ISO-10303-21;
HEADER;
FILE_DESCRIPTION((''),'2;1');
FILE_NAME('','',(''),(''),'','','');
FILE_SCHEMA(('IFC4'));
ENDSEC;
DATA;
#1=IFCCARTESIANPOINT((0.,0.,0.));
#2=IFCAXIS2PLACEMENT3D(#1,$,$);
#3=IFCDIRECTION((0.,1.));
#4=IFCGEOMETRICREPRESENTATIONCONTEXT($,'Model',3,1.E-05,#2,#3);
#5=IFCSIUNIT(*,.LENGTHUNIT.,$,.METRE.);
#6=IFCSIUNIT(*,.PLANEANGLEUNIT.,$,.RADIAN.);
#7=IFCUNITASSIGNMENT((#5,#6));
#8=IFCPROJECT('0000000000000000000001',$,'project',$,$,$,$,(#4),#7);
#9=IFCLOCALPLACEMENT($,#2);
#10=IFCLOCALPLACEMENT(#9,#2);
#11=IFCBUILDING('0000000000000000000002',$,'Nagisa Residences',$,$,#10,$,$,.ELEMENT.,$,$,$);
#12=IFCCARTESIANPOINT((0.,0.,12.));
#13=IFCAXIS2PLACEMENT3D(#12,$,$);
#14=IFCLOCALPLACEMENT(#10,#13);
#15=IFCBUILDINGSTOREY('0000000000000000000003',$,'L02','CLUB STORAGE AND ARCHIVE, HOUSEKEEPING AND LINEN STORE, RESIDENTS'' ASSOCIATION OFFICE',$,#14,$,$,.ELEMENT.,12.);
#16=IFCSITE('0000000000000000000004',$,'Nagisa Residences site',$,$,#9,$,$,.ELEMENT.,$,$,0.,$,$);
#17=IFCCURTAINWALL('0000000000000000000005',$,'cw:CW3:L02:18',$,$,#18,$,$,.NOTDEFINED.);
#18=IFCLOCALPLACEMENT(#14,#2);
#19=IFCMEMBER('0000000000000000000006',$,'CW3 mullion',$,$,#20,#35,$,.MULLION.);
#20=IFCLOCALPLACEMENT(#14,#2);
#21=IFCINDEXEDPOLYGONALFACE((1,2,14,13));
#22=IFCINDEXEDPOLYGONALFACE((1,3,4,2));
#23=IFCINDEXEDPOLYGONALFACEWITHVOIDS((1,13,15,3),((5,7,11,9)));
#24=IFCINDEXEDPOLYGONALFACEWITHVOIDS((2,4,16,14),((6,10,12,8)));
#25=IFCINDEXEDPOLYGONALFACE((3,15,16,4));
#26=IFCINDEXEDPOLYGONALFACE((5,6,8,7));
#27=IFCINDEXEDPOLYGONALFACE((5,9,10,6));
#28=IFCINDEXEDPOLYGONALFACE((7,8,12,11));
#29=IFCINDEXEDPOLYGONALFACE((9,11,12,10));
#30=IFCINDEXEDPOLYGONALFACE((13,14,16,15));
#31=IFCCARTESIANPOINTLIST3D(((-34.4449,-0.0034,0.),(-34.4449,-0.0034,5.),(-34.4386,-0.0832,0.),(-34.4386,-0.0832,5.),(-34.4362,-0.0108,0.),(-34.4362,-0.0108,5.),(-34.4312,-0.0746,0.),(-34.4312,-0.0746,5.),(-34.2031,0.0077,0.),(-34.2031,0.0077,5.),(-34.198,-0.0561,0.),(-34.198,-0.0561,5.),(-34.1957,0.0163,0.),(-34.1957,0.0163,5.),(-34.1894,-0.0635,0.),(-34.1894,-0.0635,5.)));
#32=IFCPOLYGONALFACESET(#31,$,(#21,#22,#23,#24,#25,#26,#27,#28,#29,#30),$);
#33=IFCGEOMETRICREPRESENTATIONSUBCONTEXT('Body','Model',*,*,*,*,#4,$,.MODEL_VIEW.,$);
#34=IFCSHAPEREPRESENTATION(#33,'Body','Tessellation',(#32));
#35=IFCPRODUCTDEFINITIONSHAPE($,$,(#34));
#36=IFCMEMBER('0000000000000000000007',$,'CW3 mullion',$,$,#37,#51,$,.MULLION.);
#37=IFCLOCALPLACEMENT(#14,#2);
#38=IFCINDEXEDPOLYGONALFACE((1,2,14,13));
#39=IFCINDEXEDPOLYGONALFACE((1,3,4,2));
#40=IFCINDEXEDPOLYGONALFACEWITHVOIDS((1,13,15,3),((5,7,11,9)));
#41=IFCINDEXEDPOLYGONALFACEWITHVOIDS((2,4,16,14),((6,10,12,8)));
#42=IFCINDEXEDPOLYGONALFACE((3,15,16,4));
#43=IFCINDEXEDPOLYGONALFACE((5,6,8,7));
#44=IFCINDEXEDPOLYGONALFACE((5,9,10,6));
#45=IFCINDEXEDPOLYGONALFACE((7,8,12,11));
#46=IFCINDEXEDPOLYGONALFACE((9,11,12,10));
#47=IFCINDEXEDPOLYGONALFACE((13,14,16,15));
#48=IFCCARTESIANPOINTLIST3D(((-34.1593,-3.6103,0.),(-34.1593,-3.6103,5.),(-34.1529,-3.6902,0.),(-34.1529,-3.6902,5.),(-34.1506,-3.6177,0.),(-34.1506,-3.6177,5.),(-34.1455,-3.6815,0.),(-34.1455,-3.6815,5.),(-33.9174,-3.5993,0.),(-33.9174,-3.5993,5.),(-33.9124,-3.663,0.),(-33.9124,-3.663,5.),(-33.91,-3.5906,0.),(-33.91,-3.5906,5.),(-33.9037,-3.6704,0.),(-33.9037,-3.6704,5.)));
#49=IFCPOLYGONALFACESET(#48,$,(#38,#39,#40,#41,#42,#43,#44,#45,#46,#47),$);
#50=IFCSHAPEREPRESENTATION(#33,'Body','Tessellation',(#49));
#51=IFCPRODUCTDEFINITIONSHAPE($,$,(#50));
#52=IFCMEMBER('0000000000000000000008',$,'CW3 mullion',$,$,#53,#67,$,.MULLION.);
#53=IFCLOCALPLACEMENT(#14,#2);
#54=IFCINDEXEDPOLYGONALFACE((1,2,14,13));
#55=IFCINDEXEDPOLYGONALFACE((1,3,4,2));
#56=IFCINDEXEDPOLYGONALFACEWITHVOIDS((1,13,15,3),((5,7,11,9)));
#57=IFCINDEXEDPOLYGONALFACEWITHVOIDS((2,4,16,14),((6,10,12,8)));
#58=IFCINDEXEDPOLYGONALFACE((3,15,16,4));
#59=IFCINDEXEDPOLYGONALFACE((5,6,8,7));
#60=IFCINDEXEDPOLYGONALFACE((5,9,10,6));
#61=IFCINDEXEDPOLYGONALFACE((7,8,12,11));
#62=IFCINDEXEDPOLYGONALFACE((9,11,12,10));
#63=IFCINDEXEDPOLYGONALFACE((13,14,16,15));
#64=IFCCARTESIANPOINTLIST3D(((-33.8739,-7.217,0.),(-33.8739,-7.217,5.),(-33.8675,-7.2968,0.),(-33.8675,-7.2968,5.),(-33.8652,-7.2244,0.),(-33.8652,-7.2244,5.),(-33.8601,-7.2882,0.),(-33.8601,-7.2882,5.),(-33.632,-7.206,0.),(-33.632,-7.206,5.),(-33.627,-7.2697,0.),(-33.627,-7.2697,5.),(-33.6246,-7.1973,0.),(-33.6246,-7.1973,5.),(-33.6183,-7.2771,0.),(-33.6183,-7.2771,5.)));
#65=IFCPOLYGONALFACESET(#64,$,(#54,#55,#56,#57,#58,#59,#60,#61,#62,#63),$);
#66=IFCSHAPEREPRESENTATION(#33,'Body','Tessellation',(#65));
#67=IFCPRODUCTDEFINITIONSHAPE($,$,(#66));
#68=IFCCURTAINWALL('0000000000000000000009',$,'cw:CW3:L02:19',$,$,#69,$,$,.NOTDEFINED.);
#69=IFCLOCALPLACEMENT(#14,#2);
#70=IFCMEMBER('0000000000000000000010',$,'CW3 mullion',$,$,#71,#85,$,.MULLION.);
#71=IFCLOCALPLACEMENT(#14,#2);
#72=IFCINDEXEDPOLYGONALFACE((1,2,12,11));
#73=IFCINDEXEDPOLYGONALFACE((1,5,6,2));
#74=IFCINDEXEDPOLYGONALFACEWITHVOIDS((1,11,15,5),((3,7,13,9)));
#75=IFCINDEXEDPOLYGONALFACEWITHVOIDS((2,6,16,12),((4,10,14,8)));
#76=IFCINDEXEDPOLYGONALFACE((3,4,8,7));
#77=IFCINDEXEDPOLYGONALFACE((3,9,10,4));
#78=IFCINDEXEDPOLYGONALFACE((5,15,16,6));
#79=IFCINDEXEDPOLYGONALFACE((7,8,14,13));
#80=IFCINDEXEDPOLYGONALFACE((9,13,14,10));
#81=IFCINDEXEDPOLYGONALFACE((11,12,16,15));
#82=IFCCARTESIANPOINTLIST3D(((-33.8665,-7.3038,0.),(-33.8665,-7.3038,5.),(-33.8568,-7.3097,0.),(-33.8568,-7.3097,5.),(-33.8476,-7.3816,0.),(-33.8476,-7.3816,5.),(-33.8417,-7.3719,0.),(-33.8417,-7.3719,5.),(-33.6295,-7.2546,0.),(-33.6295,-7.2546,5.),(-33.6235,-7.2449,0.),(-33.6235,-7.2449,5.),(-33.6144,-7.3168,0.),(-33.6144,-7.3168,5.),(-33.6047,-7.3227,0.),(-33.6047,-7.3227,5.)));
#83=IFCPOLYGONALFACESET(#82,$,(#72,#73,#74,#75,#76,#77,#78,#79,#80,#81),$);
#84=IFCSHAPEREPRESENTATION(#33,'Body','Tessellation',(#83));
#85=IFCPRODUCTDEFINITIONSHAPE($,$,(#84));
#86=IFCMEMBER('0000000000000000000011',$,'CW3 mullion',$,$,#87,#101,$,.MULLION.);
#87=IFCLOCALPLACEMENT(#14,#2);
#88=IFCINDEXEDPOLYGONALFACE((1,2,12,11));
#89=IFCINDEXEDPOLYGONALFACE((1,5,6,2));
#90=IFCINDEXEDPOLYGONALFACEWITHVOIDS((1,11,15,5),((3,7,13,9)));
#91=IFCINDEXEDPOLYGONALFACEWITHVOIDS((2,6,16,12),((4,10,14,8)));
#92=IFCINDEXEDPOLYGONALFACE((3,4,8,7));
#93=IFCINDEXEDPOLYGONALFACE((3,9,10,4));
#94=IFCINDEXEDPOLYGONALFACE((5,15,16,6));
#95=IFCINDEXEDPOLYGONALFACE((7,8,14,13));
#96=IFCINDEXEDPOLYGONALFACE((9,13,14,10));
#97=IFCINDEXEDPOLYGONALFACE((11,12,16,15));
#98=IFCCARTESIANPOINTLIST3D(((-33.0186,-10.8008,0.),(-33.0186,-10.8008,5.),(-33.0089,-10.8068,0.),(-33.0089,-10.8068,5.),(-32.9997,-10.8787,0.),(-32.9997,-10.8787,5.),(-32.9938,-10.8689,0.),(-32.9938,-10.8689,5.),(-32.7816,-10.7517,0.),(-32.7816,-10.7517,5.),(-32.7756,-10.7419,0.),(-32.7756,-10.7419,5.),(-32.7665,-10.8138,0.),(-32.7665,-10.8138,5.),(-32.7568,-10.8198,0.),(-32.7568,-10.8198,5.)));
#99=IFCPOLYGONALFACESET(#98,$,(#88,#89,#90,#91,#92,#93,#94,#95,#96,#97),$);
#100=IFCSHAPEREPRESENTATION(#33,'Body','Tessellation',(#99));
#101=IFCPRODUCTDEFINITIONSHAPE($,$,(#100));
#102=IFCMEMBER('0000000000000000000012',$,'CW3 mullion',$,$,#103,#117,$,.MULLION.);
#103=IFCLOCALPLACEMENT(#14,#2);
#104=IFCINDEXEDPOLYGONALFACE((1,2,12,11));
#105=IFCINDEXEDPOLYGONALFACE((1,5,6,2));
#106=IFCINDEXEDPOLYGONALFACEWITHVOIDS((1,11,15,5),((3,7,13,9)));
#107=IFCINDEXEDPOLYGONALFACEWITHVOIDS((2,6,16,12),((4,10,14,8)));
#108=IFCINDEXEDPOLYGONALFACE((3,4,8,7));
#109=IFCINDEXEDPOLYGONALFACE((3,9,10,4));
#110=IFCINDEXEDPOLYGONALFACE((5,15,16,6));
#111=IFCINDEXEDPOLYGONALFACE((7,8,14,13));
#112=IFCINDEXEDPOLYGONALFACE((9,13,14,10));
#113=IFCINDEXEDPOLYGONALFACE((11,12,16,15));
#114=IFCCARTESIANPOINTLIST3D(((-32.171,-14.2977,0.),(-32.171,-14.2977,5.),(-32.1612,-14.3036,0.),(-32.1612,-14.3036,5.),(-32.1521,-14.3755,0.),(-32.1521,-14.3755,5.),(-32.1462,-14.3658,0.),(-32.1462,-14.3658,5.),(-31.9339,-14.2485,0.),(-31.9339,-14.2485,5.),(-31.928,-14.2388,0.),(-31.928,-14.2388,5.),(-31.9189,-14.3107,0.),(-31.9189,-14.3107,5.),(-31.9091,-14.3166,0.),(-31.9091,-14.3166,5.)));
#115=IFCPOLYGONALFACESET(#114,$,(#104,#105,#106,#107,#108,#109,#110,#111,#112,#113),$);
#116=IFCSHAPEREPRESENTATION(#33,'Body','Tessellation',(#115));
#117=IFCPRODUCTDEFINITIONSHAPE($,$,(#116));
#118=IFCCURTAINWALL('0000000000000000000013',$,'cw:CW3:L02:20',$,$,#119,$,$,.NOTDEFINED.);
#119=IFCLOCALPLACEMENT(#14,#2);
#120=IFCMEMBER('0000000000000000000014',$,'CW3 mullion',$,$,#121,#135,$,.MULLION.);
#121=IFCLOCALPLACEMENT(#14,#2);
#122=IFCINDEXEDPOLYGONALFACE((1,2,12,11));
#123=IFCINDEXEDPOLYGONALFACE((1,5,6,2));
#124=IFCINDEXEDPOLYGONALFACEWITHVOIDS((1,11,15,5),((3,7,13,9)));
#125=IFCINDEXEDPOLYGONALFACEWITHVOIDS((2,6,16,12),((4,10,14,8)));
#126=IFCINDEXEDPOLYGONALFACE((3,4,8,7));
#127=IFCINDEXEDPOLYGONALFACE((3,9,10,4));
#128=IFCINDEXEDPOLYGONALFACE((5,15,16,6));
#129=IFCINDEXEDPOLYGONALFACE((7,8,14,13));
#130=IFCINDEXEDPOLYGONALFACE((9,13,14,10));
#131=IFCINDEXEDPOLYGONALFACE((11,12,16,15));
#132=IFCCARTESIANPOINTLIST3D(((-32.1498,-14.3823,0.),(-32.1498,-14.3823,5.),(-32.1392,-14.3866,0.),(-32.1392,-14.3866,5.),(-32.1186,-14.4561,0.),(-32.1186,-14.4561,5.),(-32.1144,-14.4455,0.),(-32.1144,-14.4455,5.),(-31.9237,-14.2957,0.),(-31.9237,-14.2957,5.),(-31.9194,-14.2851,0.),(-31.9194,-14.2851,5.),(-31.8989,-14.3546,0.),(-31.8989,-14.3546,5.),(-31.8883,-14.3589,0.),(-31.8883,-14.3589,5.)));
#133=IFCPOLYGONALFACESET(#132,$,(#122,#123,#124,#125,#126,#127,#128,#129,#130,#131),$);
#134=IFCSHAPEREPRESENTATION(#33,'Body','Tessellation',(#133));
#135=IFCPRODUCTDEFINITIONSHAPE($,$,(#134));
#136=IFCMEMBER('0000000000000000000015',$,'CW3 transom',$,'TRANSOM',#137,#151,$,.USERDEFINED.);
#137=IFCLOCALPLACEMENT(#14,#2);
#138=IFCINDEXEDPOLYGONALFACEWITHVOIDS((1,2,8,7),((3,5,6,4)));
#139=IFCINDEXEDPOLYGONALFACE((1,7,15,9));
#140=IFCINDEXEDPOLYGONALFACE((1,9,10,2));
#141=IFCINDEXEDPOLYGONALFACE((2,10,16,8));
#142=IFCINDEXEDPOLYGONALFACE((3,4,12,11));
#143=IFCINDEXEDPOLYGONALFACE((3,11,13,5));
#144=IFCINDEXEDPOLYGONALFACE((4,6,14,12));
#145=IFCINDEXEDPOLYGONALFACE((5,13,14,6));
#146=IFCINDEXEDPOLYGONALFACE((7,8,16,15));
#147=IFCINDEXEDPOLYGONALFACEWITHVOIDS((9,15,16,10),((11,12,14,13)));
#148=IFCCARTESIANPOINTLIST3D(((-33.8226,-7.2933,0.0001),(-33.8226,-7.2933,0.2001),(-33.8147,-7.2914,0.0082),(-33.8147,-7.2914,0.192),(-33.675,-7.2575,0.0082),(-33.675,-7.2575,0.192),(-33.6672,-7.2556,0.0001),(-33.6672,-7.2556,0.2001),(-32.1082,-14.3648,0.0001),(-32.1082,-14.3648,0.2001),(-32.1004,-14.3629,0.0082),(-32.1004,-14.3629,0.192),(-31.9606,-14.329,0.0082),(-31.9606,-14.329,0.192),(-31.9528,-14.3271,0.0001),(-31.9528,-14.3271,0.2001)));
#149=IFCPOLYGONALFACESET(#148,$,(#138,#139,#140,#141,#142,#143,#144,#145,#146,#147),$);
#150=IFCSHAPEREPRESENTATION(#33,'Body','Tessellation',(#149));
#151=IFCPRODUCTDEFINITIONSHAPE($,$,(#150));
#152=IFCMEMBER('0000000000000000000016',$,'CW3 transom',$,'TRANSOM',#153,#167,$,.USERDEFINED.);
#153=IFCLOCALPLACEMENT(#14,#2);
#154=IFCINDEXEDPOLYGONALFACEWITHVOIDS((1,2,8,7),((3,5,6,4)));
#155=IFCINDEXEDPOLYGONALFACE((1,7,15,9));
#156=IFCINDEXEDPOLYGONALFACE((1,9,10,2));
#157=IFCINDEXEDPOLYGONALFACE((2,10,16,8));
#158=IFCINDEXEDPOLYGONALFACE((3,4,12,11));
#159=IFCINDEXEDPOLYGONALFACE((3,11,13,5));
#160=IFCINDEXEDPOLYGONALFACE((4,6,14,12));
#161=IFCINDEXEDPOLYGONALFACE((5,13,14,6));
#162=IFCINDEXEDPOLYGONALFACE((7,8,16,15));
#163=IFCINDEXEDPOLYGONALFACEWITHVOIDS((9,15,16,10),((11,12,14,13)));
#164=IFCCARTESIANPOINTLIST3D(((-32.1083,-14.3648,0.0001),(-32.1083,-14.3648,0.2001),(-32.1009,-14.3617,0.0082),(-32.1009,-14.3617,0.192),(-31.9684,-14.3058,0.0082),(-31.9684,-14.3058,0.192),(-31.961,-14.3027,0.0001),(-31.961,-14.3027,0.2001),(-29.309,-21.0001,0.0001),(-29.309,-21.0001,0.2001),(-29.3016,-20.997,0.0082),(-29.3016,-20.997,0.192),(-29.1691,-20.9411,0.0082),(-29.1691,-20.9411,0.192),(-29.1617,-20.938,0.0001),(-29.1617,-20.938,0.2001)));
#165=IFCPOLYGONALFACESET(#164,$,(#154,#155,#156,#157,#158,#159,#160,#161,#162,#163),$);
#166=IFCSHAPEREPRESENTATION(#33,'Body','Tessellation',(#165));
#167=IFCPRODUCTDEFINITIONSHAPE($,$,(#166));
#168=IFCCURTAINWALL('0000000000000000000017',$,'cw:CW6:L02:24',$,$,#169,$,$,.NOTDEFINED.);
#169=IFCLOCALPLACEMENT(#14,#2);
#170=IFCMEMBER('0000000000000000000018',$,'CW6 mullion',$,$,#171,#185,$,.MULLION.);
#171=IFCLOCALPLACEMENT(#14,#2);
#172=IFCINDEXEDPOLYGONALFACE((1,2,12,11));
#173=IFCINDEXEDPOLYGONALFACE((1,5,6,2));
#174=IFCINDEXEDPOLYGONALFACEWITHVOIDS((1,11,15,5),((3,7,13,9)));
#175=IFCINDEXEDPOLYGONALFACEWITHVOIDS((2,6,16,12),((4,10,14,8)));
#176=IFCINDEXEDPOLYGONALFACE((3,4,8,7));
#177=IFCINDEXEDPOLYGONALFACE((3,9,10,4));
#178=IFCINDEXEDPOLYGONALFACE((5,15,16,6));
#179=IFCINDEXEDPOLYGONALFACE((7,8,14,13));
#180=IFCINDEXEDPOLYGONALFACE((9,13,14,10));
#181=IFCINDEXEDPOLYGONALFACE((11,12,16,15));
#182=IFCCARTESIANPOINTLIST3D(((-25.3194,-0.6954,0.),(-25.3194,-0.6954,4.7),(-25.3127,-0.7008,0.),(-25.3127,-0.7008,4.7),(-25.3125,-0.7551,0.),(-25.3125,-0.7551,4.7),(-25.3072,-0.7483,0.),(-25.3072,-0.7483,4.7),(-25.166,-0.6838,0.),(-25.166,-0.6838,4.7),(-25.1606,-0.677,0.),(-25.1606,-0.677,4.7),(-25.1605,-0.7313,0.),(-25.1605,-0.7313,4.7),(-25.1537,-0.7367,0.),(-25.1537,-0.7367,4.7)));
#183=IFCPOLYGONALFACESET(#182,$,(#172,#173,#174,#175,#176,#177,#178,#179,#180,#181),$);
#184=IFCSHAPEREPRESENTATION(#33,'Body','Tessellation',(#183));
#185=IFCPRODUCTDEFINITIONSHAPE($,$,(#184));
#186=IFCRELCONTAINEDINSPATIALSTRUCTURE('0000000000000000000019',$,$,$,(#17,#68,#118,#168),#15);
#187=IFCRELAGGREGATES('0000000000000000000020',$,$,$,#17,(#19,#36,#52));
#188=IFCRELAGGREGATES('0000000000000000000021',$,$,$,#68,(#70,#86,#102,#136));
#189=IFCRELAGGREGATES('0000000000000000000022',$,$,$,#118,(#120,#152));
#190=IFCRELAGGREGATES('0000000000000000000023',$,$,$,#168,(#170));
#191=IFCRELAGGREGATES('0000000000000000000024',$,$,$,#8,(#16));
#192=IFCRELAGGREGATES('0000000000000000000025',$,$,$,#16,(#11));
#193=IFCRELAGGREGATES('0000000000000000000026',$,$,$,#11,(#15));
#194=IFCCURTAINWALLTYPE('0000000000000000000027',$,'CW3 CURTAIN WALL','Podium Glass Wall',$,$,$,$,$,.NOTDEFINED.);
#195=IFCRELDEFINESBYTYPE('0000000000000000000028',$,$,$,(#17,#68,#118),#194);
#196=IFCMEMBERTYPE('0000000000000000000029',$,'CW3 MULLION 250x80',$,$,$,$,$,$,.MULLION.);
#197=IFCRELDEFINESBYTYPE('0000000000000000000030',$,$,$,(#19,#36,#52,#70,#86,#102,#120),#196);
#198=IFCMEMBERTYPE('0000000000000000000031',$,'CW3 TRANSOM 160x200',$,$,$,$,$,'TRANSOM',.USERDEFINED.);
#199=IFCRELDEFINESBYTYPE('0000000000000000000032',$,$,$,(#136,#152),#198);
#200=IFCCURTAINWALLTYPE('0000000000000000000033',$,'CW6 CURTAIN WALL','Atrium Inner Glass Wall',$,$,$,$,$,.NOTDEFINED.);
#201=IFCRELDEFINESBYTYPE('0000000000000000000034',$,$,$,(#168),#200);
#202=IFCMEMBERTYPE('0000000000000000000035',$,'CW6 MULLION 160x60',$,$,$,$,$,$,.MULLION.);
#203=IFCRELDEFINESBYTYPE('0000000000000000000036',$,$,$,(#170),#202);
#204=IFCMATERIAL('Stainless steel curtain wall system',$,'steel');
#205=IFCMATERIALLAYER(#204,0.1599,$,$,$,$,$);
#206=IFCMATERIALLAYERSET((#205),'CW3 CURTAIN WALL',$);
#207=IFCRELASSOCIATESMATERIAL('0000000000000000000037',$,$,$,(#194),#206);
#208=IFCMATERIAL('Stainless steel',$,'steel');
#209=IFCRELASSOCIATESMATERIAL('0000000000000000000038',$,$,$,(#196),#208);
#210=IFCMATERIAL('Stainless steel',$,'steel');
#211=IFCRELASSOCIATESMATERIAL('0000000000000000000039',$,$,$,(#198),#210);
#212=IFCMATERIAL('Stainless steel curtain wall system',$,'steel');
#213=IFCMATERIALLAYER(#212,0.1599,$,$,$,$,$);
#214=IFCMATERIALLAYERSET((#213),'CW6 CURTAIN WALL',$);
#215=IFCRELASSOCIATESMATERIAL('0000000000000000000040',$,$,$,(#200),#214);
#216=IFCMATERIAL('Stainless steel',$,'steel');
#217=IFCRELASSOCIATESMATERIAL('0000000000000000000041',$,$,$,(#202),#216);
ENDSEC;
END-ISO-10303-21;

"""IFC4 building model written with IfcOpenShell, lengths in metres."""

from ifc_helpers import new_model, si_unit, direction, frame, origin, origin_2d, place, context, subcontext, project, spatial, hollow_rectangle, extrude, material, layer, layer_set, material_profile, profile_set, type_object, element, aggregate, save


model = new_model("IFC4")

# Units and contexts
model_context = context("Model", 3, precision=1e-05, world=origin(), true_north=direction((0.0, 1.0)))
body_context = subcontext(model_context, "Body", "Model", "MODEL_VIEW")
ifc_project = project(units=[si_unit("LENGTHUNIT", "METRE"), si_unit("PLANEANGLEUNIT", "RADIAN")], contexts=[model_context])

# Site, building, storey
site_placement = place(None, origin())
site = spatial("IfcSite", under=ifc_project, at=site_placement, Name="Nagisa Residences site", CompositionType="ELEMENT", RefElevation=0.0)
building_placement = place(site_placement, origin())
building = spatial("IfcBuilding", under=site, at=building_placement, Name="Nagisa Residences", CompositionType="ELEMENT")
storey_placement = place(building_placement, frame((0.0, 0.0, 12.0)))
storey = spatial("IfcBuildingStorey", under=building, at=storey_placement, Name="L02", Description="CLUB STORAGE AND ARCHIVE, HOUSEKEEPING AND LINEN STORE, RESIDENTS' ASSOCIATION OFFICE", CompositionType="ELEMENT", Elevation=12.0)

# Curtain walls, members
ifc_material_1 = material(Name="Stainless steel curtain wall system", Category="steel")
ifc_layer_1 = layer(ifc_material_1, 0.1599)
ifc_layer_set_1 = layer_set([ifc_layer_1], Name="CW3 CURTAIN WALL")
curtain_wall_type_1 = type_object("IfcCurtainWallType", Name="CW3 CURTAIN WALL", Description="Podium Glass Wall", PredefinedType="NOTDEFINED", material=ifc_layer_set_1)
curtain_wall_1_placement = place(storey_placement, origin())
curtain_wall_1 = element("IfcCurtainWall", 1, at=curtain_wall_1_placement, inside=storey, type_object=curtain_wall_type_1, Name="cw:CW3:L02:18", PredefinedType="NOTDEFINED")
ifc_material_2 = material(Name="Stainless steel", Category="steel")
ifc_material_profile_1 = material_profile(ifc_material_2, hollow_rectangle(XDim=0.25, YDim=0.0801, WallThickness=0.0081, at=origin_2d()), Name="CW3 MULLION 250x80")
ifc_profile_set_1 = profile_set([ifc_material_profile_1], Name="Stainless steel")
member_type_1 = type_object("IfcMemberType", Name="CW3 MULLION 250x80", PredefinedType="MULLION", material=ifc_profile_set_1)
member_1_placement = place(storey_placement, frame((-34.3171, -0.0334, 0.0), z_axis=(0.0, 0.0, 1.0), x_axis=(0.996882, 0.07891, 0.0)))
member_1 = element("IfcMember", 2, at=member_1_placement, type_object=member_type_1, Name="CW3 mullion", PredefinedType="MULLION", context=body_context, shape_type="SweptSolid", body=[
    extrude(hollow_rectangle(XDim=0.25, YDim=0.0801, WallThickness=0.0081, at=origin_2d()), origin(), (0.0, 0.0, 1.0), 5.0),
])
member_2_placement = place(storey_placement, frame((-34.0315, -3.6404, 0.0), z_axis=(0.0, 0.0, 1.0), x_axis=(0.996882, 0.07891, 0.0)))
member_2 = element("IfcMember", 3, at=member_2_placement, type_object=member_type_1, Name="CW3 mullion", PredefinedType="MULLION", context=body_context, shape_type="SweptSolid", body=[
    extrude(hollow_rectangle(XDim=0.25, YDim=0.0801, WallThickness=0.0081, at=origin_2d()), origin(), (0.0, 0.0, 1.0), 5.0),
])
member_3_placement = place(storey_placement, frame((-33.7461, -7.2471, 0.0), z_axis=(0.0, 0.0, 1.0), x_axis=(0.996882, 0.07891, 0.0)))
member_3 = element("IfcMember", 4, at=member_3_placement, type_object=member_type_1, Name="CW3 mullion", PredefinedType="MULLION", context=body_context, shape_type="SweptSolid", body=[
    extrude(hollow_rectangle(XDim=0.25, YDim=0.0801, WallThickness=0.0081, at=origin_2d()), origin(), (0.0, 0.0, 1.0), 5.0),
])
curtain_wall_2_placement = place(storey_placement, origin())
curtain_wall_2 = element("IfcCurtainWall", 5, at=curtain_wall_2_placement, inside=storey, type_object=curtain_wall_type_1, Name="cw:CW3:L02:19", PredefinedType="NOTDEFINED")
member_4_placement = place(storey_placement, frame((-33.7356, -7.3132, 0.0), z_axis=(0.0, 0.0, 1.0), x_axis=(0.971849, 0.235606, 0.0)))
member_4 = element("IfcMember", 6, at=member_4_placement, type_object=member_type_1, Name="CW3 mullion", PredefinedType="MULLION", context=body_context, shape_type="SweptSolid", body=[
    extrude(hollow_rectangle(XDim=0.25, YDim=0.0801, WallThickness=0.0081, at=origin_2d()), origin(), (0.0, 0.0, 1.0), 5.0),
])
member_5_placement = place(storey_placement, frame((-32.8877, -10.8103, 0.0), z_axis=(0.0, 0.0, 1.0), x_axis=(0.971849, 0.235606, 0.0)))
member_5 = element("IfcMember", 7, at=member_5_placement, type_object=member_type_1, Name="CW3 mullion", PredefinedType="MULLION", context=body_context, shape_type="SweptSolid", body=[
    extrude(hollow_rectangle(XDim=0.25, YDim=0.0801, WallThickness=0.0081, at=origin_2d()), origin(), (0.0, 0.0, 1.0), 5.0),
])
member_6_placement = place(storey_placement, frame((-32.04, -14.3071, 0.0), z_axis=(0.0, 0.0, 1.0), x_axis=(0.971849, 0.235606, 0.0)))
member_6 = element("IfcMember", 8, at=member_6_placement, type_object=member_type_1, Name="CW3 mullion", PredefinedType="MULLION", context=body_context, shape_type="SweptSolid", body=[
    extrude(hollow_rectangle(XDim=0.25, YDim=0.0801, WallThickness=0.0081, at=origin_2d()), origin(), (0.0, 0.0, 1.0), 5.0),
])

# Curtain wall, member
curtain_wall_3_placement = place(storey_placement, origin())
curtain_wall_3 = element("IfcCurtainWall", 9, at=curtain_wall_3_placement, inside=storey, type_object=curtain_wall_type_1, Name="cw:CW3:L02:20", PredefinedType="NOTDEFINED")
member_7_placement = place(storey_placement, frame((-32.019, -14.3706, 0.0), z_axis=(0.0, 0.0, 1.0), x_axis=(0.921357, 0.388718, 0.0)))
member_7 = element("IfcMember", 10, at=member_7_placement, type_object=member_type_1, Name="CW3 mullion", PredefinedType="MULLION", context=body_context, shape_type="SweptSolid", body=[
    extrude(hollow_rectangle(XDim=0.25, YDim=0.0801, WallThickness=0.0081, at=origin_2d()), origin(), (0.0, 0.0, 1.0), 5.0),
])

# Members
ifc_material_3 = material(Name="Stainless steel", Category="steel")
ifc_material_profile_2 = material_profile(ifc_material_3, hollow_rectangle(XDim=0.1599, YDim=0.2, WallThickness=0.0081, at=origin_2d()), Name="CW3 TRANSOM 160x200")
ifc_profile_set_2 = profile_set([ifc_material_profile_2], Name="Stainless steel")
member_type_2 = type_object("IfcMemberType", Name="CW3 TRANSOM 160x200", ElementType="TRANSOM", PredefinedType="USERDEFINED", material=ifc_profile_set_2)
member_8_placement = place(storey_placement, frame((-33.7449, -7.2744, 0.1001), z_axis=(0.235606, -0.971849, 0.0), x_axis=(0.971849, 0.235606, 0.0)))
member_8 = element("IfcMember", 11, at=member_8_placement, type_object=member_type_2, Name="CW3 transom", ObjectType="TRANSOM", PredefinedType="USERDEFINED", context=body_context, shape_type="SweptSolid", body=[
    extrude(hollow_rectangle(XDim=0.1599, YDim=0.2, WallThickness=0.0081, at=origin_2d()), origin(), (0.0, 0.0, 1.0), 7.2764),
])
member_9_placement = place(storey_placement, frame((-32.0347, -14.3337, 0.1001), z_axis=(0.388709, -0.921361, 0.0), x_axis=(0.921361, 0.388709, 0.0)))
member_9 = element("IfcMember", 12, at=member_9_placement, type_object=member_type_2, Name="CW3 transom", ObjectType="TRANSOM", PredefinedType="USERDEFINED", context=body_context, shape_type="SweptSolid", body=[
    extrude(hollow_rectangle(XDim=0.1599, YDim=0.2, WallThickness=0.0081, at=origin_2d()), origin(), (0.0, 0.0, 1.0), 7.2017),
])

# Curtain wall, member
ifc_material_4 = material(Name="Stainless steel curtain wall system", Category="steel")
ifc_layer_2 = layer(ifc_material_4, 0.1599)
ifc_layer_set_2 = layer_set([ifc_layer_2], Name="CW6 CURTAIN WALL")
curtain_wall_type_2 = type_object("IfcCurtainWallType", Name="CW6 CURTAIN WALL", Description="Atrium Inner Glass Wall", PredefinedType="NOTDEFINED", material=ifc_layer_set_2)
curtain_wall_4_placement = place(storey_placement, origin())
curtain_wall_4 = element("IfcCurtainWall", 13, at=curtain_wall_4_placement, inside=storey, type_object=curtain_wall_type_2, Name="cw:CW6:L02:24", PredefinedType="NOTDEFINED")
ifc_material_5 = material(Name="Stainless steel", Category="steel")
ifc_material_profile_3 = material_profile(ifc_material_5, hollow_rectangle(XDim=0.1599, YDim=0.0601, WallThickness=0.0061, at=origin_2d()), Name="CW6 MULLION 160x60")
ifc_profile_set_3 = profile_set([ifc_material_profile_3], Name="Stainless steel")
member_type_3 = type_object("IfcMemberType", Name="CW6 MULLION 160x60", PredefinedType="MULLION", material=ifc_profile_set_3)
member_10_placement = place(storey_placement, frame((-25.2366, -0.7161, 0.0), z_axis=(0.0, 0.0, 1.0), x_axis=(0.993374, 0.114928, 0.0)))
member_10 = element("IfcMember", 14, at=member_10_placement, type_object=member_type_3, Name="CW6 mullion", PredefinedType="MULLION", context=body_context, shape_type="SweptSolid", body=[
    extrude(hollow_rectangle(XDim=0.1599, YDim=0.0601, WallThickness=0.0061, at=origin_2d()), origin(), (0.0, 0.0, 1.0), 4.7),
])

aggregate(curtain_wall_1, [member_1, member_2, member_3])
aggregate(curtain_wall_2, [member_4, member_5, member_6, member_8])
aggregate(curtain_wall_3, [member_7, member_9])
aggregate(curtain_wall_4, [member_10])

save(model, "model.ifc")
